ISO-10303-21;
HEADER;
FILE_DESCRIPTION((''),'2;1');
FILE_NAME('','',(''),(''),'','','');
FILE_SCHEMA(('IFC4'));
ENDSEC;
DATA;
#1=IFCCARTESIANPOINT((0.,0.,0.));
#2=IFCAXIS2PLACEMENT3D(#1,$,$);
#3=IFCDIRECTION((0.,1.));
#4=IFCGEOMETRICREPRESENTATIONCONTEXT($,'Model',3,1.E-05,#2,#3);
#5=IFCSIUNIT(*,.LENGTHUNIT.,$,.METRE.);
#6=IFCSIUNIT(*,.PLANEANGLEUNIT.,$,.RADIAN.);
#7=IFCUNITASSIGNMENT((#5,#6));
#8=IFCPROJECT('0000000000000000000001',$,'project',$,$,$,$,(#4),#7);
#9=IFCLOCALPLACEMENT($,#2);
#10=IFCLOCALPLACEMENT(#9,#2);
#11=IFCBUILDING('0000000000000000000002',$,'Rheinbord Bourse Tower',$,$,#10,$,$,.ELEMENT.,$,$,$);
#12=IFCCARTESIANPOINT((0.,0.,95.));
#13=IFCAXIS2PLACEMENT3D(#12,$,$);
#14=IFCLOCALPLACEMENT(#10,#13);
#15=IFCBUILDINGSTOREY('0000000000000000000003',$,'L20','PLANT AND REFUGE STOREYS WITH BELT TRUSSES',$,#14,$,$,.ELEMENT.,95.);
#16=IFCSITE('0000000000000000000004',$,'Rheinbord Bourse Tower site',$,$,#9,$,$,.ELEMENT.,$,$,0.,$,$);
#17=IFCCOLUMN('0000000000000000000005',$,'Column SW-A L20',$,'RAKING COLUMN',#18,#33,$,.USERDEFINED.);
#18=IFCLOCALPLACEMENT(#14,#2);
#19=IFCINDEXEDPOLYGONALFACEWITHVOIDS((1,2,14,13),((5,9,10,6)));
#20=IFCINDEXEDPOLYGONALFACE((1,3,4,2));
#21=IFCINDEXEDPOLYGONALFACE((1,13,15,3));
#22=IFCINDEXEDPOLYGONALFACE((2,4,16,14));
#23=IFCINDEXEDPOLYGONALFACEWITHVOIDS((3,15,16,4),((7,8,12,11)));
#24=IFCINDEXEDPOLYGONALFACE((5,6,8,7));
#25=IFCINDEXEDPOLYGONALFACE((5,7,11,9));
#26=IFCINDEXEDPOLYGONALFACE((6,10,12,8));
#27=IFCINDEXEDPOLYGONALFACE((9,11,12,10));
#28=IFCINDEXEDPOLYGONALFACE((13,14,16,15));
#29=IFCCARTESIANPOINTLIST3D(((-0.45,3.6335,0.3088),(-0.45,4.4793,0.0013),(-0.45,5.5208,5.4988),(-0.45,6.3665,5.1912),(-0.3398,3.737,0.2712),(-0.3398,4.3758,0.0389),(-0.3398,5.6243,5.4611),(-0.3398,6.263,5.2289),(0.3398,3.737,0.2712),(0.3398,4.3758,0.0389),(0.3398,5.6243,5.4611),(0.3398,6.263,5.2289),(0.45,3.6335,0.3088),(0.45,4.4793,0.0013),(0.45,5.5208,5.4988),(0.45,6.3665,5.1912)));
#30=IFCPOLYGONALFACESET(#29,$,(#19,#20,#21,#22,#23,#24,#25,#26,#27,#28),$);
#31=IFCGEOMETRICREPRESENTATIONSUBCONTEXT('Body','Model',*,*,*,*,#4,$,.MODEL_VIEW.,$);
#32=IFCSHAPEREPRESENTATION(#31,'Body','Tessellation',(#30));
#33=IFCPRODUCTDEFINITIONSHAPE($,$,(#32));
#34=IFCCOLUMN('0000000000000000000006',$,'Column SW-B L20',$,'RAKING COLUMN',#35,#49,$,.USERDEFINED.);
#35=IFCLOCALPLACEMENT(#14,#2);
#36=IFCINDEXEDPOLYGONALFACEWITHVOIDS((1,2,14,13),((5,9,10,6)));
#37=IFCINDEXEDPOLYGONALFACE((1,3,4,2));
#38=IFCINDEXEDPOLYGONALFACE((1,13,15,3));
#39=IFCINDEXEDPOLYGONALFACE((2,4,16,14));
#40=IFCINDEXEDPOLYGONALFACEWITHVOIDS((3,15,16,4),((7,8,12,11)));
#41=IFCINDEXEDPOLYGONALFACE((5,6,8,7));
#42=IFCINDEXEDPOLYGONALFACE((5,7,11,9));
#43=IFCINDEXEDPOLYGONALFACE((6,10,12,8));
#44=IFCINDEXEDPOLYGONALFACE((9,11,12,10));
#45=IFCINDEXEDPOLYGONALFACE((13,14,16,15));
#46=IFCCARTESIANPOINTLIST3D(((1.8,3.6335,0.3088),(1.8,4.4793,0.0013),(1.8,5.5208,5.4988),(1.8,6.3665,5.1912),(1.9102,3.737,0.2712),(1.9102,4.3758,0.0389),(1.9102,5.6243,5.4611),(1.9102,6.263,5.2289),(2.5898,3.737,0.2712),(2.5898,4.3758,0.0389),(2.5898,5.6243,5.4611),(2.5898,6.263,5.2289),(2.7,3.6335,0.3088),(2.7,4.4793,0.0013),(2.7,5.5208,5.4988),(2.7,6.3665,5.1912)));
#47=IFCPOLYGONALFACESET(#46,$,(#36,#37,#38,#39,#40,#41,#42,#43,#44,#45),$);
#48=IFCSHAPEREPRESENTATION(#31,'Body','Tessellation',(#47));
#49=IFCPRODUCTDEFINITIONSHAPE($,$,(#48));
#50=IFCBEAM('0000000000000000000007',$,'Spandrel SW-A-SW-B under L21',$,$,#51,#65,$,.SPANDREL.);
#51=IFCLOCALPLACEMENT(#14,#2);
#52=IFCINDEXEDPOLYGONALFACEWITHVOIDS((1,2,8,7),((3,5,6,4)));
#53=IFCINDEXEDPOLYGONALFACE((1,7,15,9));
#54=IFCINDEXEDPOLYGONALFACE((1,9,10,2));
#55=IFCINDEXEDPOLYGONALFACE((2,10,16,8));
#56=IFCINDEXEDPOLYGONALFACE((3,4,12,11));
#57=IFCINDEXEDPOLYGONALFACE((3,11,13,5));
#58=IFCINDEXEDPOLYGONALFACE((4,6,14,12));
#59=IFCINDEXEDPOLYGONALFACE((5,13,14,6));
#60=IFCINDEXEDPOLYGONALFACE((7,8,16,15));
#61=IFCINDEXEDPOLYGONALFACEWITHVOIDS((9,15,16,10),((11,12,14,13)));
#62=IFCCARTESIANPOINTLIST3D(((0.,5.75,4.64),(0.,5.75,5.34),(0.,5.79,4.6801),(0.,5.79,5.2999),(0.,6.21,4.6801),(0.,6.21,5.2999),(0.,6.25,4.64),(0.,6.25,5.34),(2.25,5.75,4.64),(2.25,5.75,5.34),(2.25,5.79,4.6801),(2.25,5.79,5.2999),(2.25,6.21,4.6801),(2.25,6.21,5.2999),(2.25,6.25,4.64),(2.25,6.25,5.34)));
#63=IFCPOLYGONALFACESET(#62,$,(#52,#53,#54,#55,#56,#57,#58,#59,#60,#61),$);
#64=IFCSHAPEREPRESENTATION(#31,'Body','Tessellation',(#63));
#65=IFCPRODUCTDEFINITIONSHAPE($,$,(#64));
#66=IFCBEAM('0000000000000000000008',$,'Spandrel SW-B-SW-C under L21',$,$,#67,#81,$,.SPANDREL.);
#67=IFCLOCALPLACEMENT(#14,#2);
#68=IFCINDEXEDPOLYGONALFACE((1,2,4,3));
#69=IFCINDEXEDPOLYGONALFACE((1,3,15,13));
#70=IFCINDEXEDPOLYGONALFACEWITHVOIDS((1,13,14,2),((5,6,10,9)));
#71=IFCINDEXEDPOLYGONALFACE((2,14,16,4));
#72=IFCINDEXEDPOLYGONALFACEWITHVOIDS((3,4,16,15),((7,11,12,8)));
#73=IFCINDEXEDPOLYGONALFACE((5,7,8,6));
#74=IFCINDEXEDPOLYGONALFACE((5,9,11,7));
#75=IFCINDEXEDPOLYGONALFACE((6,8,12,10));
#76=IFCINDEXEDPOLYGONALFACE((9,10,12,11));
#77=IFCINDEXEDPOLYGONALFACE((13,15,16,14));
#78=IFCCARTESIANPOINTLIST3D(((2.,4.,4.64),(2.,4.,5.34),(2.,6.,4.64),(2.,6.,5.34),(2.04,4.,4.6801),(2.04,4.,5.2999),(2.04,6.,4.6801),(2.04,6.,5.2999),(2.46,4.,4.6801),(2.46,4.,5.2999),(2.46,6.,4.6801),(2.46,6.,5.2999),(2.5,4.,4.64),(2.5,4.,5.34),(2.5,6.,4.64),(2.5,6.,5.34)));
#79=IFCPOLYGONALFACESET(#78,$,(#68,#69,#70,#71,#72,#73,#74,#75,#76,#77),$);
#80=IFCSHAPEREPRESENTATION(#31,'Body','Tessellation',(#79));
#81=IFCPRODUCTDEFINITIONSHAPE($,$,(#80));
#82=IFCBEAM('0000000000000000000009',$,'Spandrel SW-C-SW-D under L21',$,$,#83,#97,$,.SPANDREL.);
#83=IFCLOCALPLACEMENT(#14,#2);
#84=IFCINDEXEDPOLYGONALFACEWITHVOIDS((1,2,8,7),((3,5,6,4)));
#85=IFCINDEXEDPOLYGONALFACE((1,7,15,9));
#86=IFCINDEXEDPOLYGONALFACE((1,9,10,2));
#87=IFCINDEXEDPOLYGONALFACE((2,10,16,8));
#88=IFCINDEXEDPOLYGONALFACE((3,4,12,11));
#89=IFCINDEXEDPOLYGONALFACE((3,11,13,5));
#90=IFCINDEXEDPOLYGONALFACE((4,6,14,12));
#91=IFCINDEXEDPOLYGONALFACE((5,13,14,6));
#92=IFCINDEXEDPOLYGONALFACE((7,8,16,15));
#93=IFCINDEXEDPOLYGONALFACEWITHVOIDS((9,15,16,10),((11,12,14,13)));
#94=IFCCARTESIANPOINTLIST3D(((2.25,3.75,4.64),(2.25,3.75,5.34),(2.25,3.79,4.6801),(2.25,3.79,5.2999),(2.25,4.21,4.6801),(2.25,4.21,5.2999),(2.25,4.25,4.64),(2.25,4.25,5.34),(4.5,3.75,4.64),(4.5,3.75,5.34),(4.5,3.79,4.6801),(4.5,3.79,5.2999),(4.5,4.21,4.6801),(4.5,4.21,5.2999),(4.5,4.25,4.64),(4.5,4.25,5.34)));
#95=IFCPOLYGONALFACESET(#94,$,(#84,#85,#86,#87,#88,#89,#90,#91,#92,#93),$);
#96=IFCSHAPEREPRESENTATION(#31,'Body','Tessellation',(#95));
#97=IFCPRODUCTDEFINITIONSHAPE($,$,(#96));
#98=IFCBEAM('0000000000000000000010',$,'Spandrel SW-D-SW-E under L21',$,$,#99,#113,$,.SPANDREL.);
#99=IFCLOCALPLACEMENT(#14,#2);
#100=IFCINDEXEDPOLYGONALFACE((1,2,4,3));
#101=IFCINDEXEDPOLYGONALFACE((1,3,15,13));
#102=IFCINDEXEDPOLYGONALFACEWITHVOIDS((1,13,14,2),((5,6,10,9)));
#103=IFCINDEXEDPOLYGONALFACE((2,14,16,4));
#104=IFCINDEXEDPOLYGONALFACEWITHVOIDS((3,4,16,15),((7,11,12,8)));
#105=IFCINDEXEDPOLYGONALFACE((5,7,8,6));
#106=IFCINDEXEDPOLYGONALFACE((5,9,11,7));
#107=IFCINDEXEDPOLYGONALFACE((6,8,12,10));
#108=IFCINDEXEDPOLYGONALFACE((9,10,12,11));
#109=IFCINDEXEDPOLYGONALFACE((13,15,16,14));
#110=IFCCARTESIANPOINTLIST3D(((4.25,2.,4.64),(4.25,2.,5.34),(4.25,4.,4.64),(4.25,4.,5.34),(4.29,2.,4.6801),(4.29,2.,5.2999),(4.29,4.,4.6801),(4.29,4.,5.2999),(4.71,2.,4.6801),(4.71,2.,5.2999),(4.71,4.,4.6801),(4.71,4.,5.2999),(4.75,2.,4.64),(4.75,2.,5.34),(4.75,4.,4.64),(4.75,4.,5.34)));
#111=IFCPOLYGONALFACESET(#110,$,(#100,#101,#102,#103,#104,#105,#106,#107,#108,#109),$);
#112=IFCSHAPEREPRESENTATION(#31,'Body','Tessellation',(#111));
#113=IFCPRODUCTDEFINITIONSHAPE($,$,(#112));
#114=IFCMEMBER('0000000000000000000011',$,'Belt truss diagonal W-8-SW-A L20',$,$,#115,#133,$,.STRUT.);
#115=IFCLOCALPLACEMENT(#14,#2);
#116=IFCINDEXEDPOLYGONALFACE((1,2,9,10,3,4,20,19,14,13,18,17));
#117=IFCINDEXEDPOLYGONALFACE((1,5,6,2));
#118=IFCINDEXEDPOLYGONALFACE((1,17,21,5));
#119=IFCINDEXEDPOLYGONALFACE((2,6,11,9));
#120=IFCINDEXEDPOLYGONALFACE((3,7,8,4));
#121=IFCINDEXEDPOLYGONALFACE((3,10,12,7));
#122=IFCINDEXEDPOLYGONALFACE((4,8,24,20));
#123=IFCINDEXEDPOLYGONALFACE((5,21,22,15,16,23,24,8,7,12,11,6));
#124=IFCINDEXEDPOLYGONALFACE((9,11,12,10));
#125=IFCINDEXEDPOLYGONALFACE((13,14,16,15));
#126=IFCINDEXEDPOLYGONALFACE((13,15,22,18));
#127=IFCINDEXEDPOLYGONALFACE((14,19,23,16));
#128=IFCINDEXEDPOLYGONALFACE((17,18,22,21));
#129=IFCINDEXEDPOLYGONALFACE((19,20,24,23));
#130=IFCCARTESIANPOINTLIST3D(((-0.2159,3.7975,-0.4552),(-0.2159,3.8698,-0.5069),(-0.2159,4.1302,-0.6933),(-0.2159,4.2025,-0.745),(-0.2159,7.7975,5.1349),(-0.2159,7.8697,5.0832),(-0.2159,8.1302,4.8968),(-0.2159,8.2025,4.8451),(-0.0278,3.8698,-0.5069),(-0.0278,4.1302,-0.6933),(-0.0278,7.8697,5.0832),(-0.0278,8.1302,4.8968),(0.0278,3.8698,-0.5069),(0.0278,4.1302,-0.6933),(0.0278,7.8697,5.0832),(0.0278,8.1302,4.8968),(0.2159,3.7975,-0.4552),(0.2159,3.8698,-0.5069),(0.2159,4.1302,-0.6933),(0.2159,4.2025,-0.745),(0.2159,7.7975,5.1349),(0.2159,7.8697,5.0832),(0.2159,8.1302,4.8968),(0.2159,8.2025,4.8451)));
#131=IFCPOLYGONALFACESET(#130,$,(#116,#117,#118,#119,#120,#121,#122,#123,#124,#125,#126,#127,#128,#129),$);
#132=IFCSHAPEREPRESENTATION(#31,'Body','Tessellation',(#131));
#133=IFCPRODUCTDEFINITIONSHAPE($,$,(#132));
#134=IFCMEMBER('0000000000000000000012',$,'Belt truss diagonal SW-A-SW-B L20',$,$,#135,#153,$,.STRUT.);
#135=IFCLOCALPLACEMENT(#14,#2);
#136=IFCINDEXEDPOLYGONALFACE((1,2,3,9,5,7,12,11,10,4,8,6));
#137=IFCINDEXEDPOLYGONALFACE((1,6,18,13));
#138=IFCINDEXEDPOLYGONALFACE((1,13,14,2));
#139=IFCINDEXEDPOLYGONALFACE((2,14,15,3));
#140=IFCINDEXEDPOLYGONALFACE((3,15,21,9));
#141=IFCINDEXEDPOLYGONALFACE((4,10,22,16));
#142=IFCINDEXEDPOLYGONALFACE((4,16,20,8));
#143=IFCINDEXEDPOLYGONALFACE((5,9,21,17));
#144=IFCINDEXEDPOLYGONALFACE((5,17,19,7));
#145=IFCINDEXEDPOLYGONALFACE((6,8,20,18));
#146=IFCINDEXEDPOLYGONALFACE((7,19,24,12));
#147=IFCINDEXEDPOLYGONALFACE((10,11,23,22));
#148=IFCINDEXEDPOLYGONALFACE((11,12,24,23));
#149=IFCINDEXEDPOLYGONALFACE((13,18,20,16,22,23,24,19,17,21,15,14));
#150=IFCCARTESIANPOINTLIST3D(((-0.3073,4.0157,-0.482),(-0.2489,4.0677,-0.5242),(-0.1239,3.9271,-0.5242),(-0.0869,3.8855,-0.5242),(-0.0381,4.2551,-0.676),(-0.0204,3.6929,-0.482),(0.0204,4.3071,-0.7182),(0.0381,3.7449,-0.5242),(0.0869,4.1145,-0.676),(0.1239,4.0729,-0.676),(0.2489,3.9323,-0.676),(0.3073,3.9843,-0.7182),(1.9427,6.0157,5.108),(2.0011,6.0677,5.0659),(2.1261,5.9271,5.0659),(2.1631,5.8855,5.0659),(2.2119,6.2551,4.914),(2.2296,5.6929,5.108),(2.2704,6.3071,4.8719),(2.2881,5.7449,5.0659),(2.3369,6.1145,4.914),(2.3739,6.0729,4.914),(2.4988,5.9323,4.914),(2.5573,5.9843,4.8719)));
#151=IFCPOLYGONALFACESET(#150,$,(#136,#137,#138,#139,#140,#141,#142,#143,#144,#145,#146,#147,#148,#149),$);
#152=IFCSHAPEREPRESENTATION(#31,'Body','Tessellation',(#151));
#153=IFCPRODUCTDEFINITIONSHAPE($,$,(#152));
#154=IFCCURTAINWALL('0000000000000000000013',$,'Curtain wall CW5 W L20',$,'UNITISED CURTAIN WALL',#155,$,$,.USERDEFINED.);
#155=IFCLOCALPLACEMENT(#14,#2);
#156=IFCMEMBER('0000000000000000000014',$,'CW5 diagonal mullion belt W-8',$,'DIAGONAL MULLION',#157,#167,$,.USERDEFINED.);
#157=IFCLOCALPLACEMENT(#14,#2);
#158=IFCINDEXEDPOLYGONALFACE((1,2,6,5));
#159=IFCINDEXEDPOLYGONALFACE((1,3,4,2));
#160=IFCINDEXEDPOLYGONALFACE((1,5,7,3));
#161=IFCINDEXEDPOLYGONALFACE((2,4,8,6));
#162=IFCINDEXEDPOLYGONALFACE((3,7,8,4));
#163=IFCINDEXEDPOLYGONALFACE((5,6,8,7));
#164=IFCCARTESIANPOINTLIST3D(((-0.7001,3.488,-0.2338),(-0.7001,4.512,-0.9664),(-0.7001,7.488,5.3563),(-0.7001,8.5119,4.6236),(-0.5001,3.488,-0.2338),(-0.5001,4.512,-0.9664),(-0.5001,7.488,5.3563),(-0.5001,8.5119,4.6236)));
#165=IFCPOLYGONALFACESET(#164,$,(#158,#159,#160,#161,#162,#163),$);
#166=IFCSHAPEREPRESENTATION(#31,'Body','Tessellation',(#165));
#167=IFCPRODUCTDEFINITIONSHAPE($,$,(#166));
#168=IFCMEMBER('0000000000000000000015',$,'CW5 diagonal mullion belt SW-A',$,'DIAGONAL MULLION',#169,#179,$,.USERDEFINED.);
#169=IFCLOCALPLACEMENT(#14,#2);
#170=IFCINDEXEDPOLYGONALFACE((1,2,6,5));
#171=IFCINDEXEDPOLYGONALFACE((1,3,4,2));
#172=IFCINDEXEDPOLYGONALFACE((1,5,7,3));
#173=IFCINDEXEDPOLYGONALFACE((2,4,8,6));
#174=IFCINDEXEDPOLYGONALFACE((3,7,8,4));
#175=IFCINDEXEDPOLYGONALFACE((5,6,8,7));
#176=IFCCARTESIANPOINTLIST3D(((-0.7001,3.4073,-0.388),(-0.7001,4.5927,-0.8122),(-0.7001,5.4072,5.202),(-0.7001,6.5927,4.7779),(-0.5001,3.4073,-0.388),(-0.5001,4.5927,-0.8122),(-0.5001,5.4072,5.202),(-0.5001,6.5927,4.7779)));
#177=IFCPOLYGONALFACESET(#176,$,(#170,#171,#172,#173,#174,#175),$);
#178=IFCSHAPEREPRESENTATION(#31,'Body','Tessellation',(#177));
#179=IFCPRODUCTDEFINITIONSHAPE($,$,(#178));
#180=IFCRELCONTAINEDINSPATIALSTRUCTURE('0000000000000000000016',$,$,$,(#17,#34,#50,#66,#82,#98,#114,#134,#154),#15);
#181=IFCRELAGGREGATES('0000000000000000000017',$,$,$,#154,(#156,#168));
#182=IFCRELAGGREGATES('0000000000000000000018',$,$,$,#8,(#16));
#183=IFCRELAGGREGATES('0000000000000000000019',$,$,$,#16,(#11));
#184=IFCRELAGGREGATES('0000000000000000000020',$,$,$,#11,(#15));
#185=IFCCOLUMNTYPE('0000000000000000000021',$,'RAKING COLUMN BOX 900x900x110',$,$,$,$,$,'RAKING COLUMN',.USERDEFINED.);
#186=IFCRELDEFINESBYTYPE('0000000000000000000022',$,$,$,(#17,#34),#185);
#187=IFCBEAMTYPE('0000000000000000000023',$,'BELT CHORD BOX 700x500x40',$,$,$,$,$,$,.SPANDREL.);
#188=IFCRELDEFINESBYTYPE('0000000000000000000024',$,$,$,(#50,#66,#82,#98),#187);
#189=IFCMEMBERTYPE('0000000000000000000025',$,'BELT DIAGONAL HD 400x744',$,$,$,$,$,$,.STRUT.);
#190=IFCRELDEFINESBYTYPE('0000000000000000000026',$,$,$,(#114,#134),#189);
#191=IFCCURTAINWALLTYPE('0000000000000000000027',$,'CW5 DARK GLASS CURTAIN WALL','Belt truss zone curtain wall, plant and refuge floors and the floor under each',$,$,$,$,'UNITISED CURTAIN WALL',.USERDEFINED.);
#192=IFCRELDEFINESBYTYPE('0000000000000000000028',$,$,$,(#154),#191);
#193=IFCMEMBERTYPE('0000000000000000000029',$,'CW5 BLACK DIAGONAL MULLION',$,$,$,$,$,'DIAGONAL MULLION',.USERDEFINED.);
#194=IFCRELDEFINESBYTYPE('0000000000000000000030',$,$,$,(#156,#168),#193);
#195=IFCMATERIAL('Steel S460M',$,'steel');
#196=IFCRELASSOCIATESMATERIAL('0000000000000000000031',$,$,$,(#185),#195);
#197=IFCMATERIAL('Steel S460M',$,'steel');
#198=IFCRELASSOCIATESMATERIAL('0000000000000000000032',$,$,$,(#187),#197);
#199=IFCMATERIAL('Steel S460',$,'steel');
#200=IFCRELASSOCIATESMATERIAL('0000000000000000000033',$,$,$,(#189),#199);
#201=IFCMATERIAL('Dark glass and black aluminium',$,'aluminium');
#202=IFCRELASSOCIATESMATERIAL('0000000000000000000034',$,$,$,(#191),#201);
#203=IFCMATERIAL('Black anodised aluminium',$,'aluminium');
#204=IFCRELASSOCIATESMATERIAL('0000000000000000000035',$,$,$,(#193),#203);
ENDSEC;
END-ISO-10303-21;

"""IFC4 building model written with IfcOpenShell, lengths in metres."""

from ifc_helpers import new_model, si_unit, direction, frame, origin, origin_2d, place, context, subcontext, project, spatial, rectangle, hollow_rectangle, i_section, extrude, material, material_profile, profile_set, type_object, element, aggregate, save


model = new_model("IFC4")

# Units and contexts
model_context = context("Model", 3, precision=1e-05, world=origin(), true_north=direction((0.0, 1.0)))
body_context = subcontext(model_context, "Body", "Model", "MODEL_VIEW")
ifc_project = project(units=[si_unit("LENGTHUNIT", "METRE"), si_unit("PLANEANGLEUNIT", "RADIAN")], contexts=[model_context])

# Site, building, storey
site_placement = place(None, origin())
site = spatial("IfcSite", under=ifc_project, at=site_placement, Name="Rheinbord Bourse Tower site", CompositionType="ELEMENT", RefElevation=0.0)
building_placement = place(site_placement, origin())
building = spatial("IfcBuilding", under=site, at=building_placement, Name="Rheinbord Bourse Tower", CompositionType="ELEMENT")
storey_placement = place(building_placement, frame((0.0, 0.0, 95.0)))
storey = spatial("IfcBuildingStorey", under=building, at=storey_placement, Name="L20", Description="PLANT AND REFUGE STOREYS WITH BELT TRUSSES", CompositionType="ELEMENT", Elevation=95.0)

# Columns
ifc_material_1 = material(Name="Steel S460M", Category="steel")
ifc_material_profile_1 = material_profile(ifc_material_1, hollow_rectangle(XDim=0.8999, YDim=0.8999, WallThickness=0.1101, at=origin_2d()), Name="BOX 900x900x110")
ifc_profile_set_1 = profile_set([ifc_material_profile_1], Name="Steel S460M")
column_type = type_object("IfcColumnType", Name="RAKING COLUMN BOX 900x900x110", ElementType="RAKING COLUMN", PredefinedType="USERDEFINED", material=ifc_profile_set_1)
for number, where, z_axis, x_axis, name in (
    (1, (0.0, 4.0564, 0.155), (0.0, 0.341743, 0.939793), (-1.0, 0.0, 0.0), "Column SW-A L20"),
    (2, (2.25, 4.0564, 0.155), (0.0, 0.341743, 0.939793), (-1.0, 0.0, 0.0), "Column SW-B L20"),
):
    element("IfcColumn", number, at=place(storey_placement, frame(where, z_axis=z_axis, x_axis=x_axis)), inside=storey, type_object=column_type, Name=name, ObjectType="RAKING COLUMN", PredefinedType="USERDEFINED", context=body_context, shape_type="SweptSolid", body=[
        extrude(hollow_rectangle(XDim=0.8999, YDim=0.8999, WallThickness=0.1101, at=origin_2d()), origin(), (0.0, 0.0, 1.0), 5.5225),
    ])

# Beams
ifc_material_2 = material(Name="Steel S460M", Category="steel")
ifc_material_profile_2 = material_profile(ifc_material_2, hollow_rectangle(XDim=0.5, YDim=0.7, WallThickness=0.04, at=origin_2d()), Name="BOX 700x500x40")
ifc_profile_set_2 = profile_set([ifc_material_profile_2], Name="Steel S460M")
beam_type = type_object("IfcBeamType", Name="BELT CHORD BOX 700x500x40", PredefinedType="SPANDREL", material=ifc_profile_set_2)
beam_1_placement = place(storey_placement, frame((0.0, 6.0, 4.99), z_axis=(1.0, 0.0, 0.0), x_axis=(0.0, 1.0, 0.0)))
element("IfcBeam", 3, at=beam_1_placement, inside=storey, type_object=beam_type, Name="Spandrel SW-A-SW-B under L21", PredefinedType="SPANDREL", context=body_context, shape_type="SweptSolid", body=[
    extrude(hollow_rectangle(XDim=0.5, YDim=0.7, WallThickness=0.04, at=origin_2d()), origin(), (0.0, 0.0, 1.0), 2.25),
])
beam_2_placement = place(storey_placement, frame((2.25, 6.0, 4.99), z_axis=(0.0, -1.0, 0.0), x_axis=(1.0, 0.0, 0.0)))
element("IfcBeam", 4, at=beam_2_placement, inside=storey, type_object=beam_type, Name="Spandrel SW-B-SW-C under L21", PredefinedType="SPANDREL", context=body_context, shape_type="SweptSolid", body=[
    extrude(hollow_rectangle(XDim=0.5, YDim=0.7, WallThickness=0.04, at=origin_2d()), origin(), (0.0, 0.0, 1.0), 2.0),
])
beam_3_placement = place(storey_placement, frame((2.25, 4.0, 4.99), z_axis=(1.0, 0.0, 0.0), x_axis=(0.0, 1.0, 0.0)))
element("IfcBeam", 5, at=beam_3_placement, inside=storey, type_object=beam_type, Name="Spandrel SW-C-SW-D under L21", PredefinedType="SPANDREL", context=body_context, shape_type="SweptSolid", body=[
    extrude(hollow_rectangle(XDim=0.5, YDim=0.7, WallThickness=0.04, at=origin_2d()), origin(), (0.0, 0.0, 1.0), 2.25),
])
beam_4_placement = place(storey_placement, frame((4.5, 4.0, 4.99), z_axis=(0.0, -1.0, 0.0), x_axis=(1.0, 0.0, 0.0)))
element("IfcBeam", 6, at=beam_4_placement, inside=storey, type_object=beam_type, Name="Spandrel SW-D-SW-E under L21", PredefinedType="SPANDREL", context=body_context, shape_type="SweptSolid", body=[
    extrude(hollow_rectangle(XDim=0.5, YDim=0.7, WallThickness=0.04, at=origin_2d()), origin(), (0.0, 0.0, 1.0), 2.0),
])

# Members
ifc_material_3 = material(Name="Steel S460", Category="steel")
ifc_material_profile_3 = material_profile(ifc_material_3, i_section(OverallWidth=0.4319, OverallDepth=0.498, WebThickness=0.0557, FlangeThickness=0.0889, at=origin_2d()), Name="HD 400x744")
ifc_profile_set_3 = profile_set([ifc_material_profile_3], Name="Steel S460")
member_type_1 = type_object("IfcMemberType", Name="BELT DIAGONAL HD 400x744", PredefinedType="STRUT", material=ifc_profile_set_3)
member_1_placement = place(storey_placement, frame((0.0, 4.0, -0.6001), z_axis=(0.0, 0.58192, 0.813246), x_axis=(-1.0, 0.0, 0.0)))
element("IfcMember", 7, at=member_1_placement, inside=storey, type_object=member_type_1, Name="Belt truss diagonal W-8-SW-A L20", PredefinedType="STRUT", context=body_context, shape_type="SweptSolid", body=[
    extrude(i_section(OverallWidth=0.4319, OverallDepth=0.498, WebThickness=0.0557, FlangeThickness=0.0889, at=origin_2d()), origin(), (0.0, 0.0, 1.0), 6.8738),
])
member_2_placement = place(storey_placement, frame((0.0, 4.0, -0.6001), z_axis=(0.354379, 0.315003, 0.880448), x_axis=(-0.664364, 0.747409, 0.0)))
element("IfcMember", 8, at=member_2_placement, inside=storey, type_object=member_type_1, Name="Belt truss diagonal SW-A-SW-B L20", PredefinedType="STRUT", context=body_context, shape_type="SweptSolid", body=[
    extrude(i_section(OverallWidth=0.4319, OverallDepth=0.498, WebThickness=0.0557, FlangeThickness=0.0889, at=origin_2d()), origin(), (0.0, 0.0, 1.0), 6.3491),
])

# Curtain wall, members
ifc_material_4 = material(Name="Dark glass and black aluminium", Category="aluminium")
curtain_wall_type = type_object("IfcCurtainWallType", Name="CW5 DARK GLASS CURTAIN WALL", Description="Belt truss zone curtain wall, plant and refuge floors and the floor under each", ElementType="UNITISED CURTAIN WALL", PredefinedType="USERDEFINED", material=ifc_material_4)
curtain_wall_placement = place(storey_placement, origin())
curtain_wall = element("IfcCurtainWall", 9, at=curtain_wall_placement, inside=storey, type_object=curtain_wall_type, Name="Curtain wall CW5 W L20", ObjectType="UNITISED CURTAIN WALL", PredefinedType="USERDEFINED")
ifc_material_5 = material(Name="Black anodised aluminium", Category="aluminium")
ifc_material_profile_4 = material_profile(ifc_material_5, rectangle(XDim=0.2, YDim=1.259, at=origin_2d()), Name="CW5 DIAGONAL MULLION 1259x200")
ifc_profile_set_4 = profile_set([ifc_material_profile_4], Name="Black anodised aluminium")
member_type_2 = type_object("IfcMemberType", Name="CW5 BLACK DIAGONAL MULLION", ElementType="DIAGONAL MULLION", PredefinedType="USERDEFINED", material=ifc_profile_set_4)
member_3_placement = place(storey_placement, frame((-0.6001, 4.0, -0.6001), z_axis=(0.0, 0.58192, 0.813246), x_axis=(-1.0, 0.0, 0.0)))
member_3 = element("IfcMember", 10, at=member_3_placement, type_object=member_type_2, Name="CW5 diagonal mullion belt W-8", ObjectType="DIAGONAL MULLION", PredefinedType="USERDEFINED", context=body_context, shape_type="SweptSolid", body=[
    extrude(rectangle(XDim=0.2, YDim=1.259, at=origin_2d()), origin(), (0.0, 0.0, 1.0), 6.8738),
])
member_4_placement = place(storey_placement, frame((-0.6001, 4.0, -0.6001), z_axis=(0.0, 0.336865, 0.941553), x_axis=(-1.0, 0.0, 0.0)))
member_4 = element("IfcMember", 11, at=member_4_placement, type_object=member_type_2, Name="CW5 diagonal mullion belt SW-A", ObjectType="DIAGONAL MULLION", PredefinedType="USERDEFINED", context=body_context, shape_type="SweptSolid", body=[
    extrude(rectangle(XDim=0.2, YDim=1.259, at=origin_2d()), origin(), (0.0, 0.0, 1.0), 5.937),
])
aggregate(curtain_wall, [member_3, member_4])

save(model, "model.ifc")
